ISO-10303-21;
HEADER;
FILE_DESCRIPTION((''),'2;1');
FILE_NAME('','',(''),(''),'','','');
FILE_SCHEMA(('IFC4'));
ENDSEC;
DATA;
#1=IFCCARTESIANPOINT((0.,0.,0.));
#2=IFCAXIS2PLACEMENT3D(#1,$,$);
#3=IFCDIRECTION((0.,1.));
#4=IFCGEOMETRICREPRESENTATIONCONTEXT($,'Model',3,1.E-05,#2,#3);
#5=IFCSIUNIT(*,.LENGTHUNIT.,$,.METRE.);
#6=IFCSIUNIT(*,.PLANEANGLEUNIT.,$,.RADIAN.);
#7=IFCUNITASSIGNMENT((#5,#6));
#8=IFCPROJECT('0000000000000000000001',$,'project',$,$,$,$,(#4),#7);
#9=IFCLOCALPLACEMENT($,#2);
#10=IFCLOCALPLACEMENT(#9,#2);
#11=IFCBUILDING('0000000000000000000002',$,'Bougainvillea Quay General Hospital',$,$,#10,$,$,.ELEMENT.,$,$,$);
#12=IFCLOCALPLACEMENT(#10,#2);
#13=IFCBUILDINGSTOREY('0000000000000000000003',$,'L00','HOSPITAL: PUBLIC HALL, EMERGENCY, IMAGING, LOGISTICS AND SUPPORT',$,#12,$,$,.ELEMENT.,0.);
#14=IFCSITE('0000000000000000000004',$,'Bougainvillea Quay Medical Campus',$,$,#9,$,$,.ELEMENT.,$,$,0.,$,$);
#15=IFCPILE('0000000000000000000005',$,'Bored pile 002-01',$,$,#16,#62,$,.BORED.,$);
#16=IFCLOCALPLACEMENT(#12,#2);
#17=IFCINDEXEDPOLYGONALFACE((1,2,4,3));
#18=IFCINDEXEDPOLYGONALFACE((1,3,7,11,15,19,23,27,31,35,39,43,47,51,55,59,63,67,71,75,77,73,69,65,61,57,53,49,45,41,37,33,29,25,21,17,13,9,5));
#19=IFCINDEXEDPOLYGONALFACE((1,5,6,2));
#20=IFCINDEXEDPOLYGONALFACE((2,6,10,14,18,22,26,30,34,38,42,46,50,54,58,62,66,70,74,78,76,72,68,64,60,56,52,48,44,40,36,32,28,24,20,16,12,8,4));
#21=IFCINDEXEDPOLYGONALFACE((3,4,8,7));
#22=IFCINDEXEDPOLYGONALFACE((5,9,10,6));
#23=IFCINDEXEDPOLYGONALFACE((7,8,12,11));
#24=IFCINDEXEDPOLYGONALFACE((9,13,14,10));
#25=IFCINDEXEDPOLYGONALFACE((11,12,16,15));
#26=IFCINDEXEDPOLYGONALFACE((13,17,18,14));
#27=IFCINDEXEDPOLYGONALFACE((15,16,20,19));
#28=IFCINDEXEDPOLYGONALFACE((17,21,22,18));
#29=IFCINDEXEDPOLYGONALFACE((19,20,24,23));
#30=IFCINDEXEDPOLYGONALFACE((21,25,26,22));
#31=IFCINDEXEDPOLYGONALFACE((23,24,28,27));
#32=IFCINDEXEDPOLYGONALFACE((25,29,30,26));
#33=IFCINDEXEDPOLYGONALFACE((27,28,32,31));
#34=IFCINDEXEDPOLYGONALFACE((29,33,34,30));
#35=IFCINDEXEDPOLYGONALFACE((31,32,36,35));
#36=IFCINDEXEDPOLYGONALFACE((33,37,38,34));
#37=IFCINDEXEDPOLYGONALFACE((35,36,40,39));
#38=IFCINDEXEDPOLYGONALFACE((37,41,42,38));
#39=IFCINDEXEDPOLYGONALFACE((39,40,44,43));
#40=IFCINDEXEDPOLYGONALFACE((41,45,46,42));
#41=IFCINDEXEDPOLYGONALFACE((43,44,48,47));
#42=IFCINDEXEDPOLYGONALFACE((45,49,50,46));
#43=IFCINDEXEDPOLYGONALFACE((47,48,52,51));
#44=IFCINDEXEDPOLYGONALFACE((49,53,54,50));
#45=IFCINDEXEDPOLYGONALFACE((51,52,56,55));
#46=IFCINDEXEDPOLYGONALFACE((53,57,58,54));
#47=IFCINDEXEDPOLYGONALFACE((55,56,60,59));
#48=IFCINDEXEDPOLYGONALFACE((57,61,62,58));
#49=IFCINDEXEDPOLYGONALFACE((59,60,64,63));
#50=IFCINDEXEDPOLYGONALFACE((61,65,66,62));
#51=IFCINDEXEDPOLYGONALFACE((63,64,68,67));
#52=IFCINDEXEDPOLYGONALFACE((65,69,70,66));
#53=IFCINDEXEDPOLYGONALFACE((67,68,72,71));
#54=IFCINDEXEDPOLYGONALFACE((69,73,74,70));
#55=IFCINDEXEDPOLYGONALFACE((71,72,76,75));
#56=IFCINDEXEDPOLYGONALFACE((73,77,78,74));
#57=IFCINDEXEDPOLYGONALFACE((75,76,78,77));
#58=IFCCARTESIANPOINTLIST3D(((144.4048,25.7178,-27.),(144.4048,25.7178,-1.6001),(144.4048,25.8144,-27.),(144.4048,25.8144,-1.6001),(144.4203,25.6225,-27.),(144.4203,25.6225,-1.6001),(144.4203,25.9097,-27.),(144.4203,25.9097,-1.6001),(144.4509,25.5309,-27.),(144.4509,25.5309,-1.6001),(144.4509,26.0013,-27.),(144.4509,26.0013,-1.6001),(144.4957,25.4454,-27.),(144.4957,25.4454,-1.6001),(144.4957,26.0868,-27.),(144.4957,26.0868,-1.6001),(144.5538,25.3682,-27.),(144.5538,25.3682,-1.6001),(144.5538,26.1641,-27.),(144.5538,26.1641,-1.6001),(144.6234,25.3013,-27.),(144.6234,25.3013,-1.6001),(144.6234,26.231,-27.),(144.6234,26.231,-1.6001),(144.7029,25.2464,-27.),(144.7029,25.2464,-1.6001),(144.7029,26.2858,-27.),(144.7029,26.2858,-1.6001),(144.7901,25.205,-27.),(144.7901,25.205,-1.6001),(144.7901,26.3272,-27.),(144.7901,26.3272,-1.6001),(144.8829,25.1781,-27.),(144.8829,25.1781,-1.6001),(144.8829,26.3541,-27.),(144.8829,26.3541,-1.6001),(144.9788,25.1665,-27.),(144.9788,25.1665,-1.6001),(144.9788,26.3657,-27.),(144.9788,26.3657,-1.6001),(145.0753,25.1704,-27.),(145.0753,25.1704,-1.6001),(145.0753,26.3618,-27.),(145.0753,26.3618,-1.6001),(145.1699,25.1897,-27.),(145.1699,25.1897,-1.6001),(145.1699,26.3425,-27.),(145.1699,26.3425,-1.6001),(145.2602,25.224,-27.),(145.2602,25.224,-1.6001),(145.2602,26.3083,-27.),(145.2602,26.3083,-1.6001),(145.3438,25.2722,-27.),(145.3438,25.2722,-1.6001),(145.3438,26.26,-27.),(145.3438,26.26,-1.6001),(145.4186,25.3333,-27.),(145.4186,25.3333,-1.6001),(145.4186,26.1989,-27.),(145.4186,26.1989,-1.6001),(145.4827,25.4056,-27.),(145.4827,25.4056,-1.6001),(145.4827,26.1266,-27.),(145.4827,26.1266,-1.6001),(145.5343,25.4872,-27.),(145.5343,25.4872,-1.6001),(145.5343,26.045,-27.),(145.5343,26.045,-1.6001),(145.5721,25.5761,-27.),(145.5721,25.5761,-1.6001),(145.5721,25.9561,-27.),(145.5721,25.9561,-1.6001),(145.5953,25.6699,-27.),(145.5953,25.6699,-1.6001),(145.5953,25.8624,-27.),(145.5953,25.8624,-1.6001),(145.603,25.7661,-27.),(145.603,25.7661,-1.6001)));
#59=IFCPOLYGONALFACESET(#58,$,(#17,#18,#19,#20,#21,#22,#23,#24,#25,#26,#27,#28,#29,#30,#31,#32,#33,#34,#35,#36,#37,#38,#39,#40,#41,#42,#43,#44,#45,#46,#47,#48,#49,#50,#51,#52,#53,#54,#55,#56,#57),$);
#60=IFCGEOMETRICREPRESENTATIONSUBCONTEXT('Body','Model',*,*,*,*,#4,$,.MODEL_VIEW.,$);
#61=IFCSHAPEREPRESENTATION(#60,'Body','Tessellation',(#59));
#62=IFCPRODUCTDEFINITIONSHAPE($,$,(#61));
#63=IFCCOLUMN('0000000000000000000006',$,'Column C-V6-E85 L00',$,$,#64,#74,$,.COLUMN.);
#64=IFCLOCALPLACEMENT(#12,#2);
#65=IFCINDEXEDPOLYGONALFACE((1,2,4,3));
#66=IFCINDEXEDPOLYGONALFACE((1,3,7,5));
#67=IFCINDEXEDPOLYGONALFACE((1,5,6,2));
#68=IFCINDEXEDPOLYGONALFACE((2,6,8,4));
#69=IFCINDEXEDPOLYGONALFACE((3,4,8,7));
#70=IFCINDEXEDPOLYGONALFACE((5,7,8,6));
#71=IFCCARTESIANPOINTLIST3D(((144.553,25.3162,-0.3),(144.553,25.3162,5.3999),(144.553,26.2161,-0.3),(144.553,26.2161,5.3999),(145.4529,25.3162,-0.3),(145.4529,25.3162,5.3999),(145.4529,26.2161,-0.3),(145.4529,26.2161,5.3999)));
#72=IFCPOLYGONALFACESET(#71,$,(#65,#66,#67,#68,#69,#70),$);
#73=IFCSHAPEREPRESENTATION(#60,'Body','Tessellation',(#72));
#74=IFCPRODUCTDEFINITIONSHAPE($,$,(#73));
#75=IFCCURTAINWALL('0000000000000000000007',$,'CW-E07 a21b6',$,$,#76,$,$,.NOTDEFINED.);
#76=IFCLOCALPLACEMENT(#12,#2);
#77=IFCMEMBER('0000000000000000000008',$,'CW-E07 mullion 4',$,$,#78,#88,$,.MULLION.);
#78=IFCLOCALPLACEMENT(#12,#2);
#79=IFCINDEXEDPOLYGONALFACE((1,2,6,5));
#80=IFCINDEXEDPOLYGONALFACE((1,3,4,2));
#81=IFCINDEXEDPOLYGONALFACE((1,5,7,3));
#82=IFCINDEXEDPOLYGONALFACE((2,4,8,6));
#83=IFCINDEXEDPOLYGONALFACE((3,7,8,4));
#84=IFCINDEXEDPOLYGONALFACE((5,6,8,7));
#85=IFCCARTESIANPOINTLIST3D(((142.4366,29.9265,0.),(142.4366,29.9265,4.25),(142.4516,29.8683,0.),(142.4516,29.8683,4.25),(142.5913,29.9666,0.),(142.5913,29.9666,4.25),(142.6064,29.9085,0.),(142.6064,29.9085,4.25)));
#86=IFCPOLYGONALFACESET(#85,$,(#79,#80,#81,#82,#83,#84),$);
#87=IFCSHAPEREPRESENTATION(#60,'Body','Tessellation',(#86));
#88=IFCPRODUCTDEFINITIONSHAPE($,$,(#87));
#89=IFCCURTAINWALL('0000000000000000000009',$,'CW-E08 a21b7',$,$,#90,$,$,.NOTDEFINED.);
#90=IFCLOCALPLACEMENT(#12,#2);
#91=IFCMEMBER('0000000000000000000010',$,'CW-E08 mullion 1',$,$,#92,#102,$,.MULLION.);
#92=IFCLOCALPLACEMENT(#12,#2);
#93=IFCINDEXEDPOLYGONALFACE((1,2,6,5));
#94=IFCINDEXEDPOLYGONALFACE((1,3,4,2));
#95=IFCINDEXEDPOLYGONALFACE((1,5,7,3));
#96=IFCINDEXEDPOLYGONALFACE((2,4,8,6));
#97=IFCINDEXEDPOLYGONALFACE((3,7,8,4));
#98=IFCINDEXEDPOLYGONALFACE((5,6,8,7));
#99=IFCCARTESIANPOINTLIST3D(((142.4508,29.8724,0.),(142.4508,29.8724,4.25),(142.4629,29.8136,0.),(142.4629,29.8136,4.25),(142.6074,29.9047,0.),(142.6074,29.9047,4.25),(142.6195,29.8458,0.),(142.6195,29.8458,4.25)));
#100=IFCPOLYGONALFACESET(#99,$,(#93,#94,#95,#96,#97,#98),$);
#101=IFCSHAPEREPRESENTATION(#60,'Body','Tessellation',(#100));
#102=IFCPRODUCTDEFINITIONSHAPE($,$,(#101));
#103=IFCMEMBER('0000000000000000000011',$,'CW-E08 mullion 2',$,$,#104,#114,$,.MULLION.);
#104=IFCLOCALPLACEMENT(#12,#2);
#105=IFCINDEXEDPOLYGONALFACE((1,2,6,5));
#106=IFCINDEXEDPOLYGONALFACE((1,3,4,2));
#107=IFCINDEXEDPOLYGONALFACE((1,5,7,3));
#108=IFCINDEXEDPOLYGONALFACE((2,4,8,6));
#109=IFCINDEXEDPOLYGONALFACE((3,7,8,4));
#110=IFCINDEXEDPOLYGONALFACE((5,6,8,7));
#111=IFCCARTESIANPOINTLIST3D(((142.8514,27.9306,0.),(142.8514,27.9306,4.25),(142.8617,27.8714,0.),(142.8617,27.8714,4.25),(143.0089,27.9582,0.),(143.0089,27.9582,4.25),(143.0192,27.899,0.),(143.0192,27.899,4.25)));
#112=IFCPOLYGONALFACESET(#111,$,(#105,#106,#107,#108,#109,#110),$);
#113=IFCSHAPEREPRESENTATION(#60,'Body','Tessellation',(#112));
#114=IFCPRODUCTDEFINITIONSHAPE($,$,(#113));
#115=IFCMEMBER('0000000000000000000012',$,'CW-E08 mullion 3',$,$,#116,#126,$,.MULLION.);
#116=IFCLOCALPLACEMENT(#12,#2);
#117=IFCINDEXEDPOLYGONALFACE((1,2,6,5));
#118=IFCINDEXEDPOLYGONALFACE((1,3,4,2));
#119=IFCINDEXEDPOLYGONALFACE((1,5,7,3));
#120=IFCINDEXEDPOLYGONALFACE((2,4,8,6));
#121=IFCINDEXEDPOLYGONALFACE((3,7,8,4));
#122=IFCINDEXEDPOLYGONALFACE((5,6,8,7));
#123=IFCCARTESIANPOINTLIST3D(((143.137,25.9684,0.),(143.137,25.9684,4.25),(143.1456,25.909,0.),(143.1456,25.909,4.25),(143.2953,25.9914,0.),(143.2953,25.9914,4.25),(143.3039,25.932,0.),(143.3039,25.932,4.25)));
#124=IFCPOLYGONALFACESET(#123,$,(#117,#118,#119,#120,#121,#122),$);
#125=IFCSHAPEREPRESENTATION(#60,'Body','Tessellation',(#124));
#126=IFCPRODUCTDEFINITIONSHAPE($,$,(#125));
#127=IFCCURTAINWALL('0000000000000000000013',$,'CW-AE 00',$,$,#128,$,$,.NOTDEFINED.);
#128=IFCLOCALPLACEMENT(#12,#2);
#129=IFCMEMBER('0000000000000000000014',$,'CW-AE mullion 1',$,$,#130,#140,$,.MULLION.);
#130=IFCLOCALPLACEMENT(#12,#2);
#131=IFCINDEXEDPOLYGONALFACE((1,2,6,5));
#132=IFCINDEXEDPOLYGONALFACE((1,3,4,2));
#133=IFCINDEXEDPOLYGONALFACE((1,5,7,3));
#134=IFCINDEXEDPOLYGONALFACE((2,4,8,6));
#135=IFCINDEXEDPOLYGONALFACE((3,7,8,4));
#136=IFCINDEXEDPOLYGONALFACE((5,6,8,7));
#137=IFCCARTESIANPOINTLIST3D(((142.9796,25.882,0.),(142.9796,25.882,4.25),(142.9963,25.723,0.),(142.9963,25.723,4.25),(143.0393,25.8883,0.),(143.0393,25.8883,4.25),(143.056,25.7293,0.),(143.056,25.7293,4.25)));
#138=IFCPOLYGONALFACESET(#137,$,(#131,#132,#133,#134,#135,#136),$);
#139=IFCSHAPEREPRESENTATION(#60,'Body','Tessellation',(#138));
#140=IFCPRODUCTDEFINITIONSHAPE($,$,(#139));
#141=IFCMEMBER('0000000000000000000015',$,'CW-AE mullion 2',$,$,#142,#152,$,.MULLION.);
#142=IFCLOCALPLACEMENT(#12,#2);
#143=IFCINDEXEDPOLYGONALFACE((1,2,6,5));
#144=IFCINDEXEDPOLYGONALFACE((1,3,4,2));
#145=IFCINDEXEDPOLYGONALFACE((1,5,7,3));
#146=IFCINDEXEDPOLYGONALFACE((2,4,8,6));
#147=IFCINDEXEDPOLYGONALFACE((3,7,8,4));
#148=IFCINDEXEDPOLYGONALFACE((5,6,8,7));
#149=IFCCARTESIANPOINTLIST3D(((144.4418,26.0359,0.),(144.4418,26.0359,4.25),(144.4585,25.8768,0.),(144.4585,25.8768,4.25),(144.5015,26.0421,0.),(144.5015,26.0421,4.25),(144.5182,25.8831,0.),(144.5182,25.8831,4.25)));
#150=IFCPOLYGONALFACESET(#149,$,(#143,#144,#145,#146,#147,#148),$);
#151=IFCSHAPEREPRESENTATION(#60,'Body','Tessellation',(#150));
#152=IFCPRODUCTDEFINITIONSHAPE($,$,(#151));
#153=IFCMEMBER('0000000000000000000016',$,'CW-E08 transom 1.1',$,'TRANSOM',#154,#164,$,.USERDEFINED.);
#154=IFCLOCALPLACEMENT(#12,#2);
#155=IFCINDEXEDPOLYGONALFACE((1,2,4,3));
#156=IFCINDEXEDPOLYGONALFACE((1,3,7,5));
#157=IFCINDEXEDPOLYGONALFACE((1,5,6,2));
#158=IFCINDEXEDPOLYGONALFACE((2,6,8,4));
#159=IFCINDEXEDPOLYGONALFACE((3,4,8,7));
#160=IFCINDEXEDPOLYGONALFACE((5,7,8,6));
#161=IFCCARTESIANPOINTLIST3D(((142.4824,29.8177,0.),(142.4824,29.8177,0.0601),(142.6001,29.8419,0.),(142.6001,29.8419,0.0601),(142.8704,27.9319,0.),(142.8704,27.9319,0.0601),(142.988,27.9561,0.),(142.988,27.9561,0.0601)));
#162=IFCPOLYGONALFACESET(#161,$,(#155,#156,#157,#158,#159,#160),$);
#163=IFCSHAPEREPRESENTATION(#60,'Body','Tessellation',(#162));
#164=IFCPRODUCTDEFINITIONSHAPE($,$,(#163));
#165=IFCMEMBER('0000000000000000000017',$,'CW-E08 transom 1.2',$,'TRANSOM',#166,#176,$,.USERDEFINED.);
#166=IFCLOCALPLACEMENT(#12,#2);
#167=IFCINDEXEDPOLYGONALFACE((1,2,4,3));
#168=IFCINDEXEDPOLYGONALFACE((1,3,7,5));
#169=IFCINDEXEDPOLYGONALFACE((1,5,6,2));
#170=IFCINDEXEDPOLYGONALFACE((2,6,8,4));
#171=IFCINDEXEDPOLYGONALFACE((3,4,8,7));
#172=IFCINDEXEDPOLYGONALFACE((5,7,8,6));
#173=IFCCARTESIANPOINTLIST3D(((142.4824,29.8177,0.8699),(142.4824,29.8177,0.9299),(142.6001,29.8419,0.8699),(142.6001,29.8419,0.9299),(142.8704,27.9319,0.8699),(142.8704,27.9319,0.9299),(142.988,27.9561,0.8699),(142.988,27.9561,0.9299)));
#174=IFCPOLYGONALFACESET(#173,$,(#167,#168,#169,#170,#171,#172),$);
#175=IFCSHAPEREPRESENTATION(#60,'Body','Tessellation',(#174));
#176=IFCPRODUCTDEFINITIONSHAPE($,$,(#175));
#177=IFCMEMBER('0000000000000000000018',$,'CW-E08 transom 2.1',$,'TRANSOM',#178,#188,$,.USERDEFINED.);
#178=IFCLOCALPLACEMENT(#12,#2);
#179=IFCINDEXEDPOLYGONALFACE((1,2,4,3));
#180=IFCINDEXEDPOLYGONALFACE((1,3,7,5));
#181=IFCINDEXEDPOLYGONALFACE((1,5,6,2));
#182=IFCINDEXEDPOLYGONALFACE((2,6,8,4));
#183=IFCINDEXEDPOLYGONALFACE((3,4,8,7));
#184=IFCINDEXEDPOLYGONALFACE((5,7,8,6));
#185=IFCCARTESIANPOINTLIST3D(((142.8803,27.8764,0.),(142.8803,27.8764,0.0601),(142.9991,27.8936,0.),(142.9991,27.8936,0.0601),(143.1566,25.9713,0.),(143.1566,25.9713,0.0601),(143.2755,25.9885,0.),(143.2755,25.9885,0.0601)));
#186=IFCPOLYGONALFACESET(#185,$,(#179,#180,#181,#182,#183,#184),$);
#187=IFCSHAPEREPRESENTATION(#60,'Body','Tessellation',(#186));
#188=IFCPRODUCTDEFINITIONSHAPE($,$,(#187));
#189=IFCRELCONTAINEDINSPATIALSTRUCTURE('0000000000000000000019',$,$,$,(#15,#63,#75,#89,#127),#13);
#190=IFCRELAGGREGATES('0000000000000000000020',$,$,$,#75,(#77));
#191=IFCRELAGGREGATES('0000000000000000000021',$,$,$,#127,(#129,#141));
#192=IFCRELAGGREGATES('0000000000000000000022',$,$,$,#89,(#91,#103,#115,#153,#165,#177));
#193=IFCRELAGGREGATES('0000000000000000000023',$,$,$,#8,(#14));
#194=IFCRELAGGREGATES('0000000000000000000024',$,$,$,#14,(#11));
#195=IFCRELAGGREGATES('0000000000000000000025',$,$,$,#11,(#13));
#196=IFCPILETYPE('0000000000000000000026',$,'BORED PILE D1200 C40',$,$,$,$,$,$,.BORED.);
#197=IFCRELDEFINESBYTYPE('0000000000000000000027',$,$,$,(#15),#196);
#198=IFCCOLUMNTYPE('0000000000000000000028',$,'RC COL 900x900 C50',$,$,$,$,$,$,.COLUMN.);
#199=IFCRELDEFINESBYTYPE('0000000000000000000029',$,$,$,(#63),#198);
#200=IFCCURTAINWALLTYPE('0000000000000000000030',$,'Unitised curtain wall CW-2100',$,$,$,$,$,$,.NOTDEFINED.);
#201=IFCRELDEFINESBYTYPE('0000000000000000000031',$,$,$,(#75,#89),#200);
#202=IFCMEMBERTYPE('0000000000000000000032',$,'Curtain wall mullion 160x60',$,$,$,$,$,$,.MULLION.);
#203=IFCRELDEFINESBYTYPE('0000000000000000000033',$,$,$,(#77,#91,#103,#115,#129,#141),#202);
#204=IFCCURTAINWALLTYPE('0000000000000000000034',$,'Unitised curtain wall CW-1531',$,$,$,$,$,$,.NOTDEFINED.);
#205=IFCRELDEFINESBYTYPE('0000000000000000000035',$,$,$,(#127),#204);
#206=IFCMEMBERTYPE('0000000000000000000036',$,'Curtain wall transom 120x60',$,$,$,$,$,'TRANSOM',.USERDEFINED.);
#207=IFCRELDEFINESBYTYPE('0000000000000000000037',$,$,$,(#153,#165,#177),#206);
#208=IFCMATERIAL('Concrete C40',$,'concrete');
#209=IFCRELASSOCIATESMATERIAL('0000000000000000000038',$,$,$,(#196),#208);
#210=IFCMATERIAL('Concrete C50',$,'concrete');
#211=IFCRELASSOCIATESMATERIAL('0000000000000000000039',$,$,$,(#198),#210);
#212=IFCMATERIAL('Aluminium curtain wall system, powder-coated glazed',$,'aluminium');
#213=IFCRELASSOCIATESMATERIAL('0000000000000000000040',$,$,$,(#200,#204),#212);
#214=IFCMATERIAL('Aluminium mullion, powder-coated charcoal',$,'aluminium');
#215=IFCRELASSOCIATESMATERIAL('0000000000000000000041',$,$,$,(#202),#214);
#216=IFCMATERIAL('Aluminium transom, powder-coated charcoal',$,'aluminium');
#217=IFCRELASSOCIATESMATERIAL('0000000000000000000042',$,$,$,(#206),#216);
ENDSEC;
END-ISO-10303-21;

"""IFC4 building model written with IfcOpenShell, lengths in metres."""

from ifc_helpers import new_model, si_unit, direction, frame, origin, origin_2d, place, context, subcontext, project, spatial, rectangle, circle, extrude, material, material_profile, profile_set, type_object, element, aggregate, save


model = new_model("IFC4")

# Units and contexts
model_context = context("Model", 3, precision=1e-05, world=origin(), true_north=direction((0.0, 1.0)))
body_context = subcontext(model_context, "Body", "Model", "MODEL_VIEW")
ifc_project = project(units=[si_unit("LENGTHUNIT", "METRE"), si_unit("PLANEANGLEUNIT", "RADIAN")], contexts=[model_context])

# Site, building, storey
site_placement = place(None, origin())
site = spatial("IfcSite", under=ifc_project, at=site_placement, Name="Bougainvillea Quay Medical Campus", CompositionType="ELEMENT", RefElevation=0.0)
building_placement = place(site_placement, origin())
building = spatial("IfcBuilding", under=site, at=building_placement, Name="Bougainvillea Quay General Hospital", CompositionType="ELEMENT")
storey_placement = place(building_placement, origin())
storey = spatial("IfcBuildingStorey", under=building, at=storey_placement, Name="L00", Description="HOSPITAL: PUBLIC HALL, EMERGENCY, IMAGING, LOGISTICS AND SUPPORT", CompositionType="ELEMENT", Elevation=0.0)

# Pile
ifc_material_1 = material(Name="Concrete C40", Category="concrete")
ifc_material_profile_1 = material_profile(ifc_material_1, circle(Radius=0.6001, at=origin_2d()))
ifc_profile_set_1 = profile_set([ifc_material_profile_1], Name="Concrete C40")
pile_type = type_object("IfcPileType", Name="BORED PILE D1200 C40", PredefinedType="BORED", material=ifc_profile_set_1)
pile_placement = place(storey_placement, frame((145.0029, 25.7661, -1.6001), z_axis=(0.0, 0.0, -1.0), x_axis=(1.0, 0.0, 0.0)))
element("IfcPile", 1, at=pile_placement, inside=storey, type_object=pile_type, Name="Bored pile 002-01", PredefinedType="BORED", context=body_context, shape_type="SweptSolid", body=[
    extrude(circle(Radius=0.6001, at=origin_2d()), origin(), (0.0, 0.0, 1.0), 25.3999),
])

# Column
ifc_material_2 = material(Name="Concrete C50", Category="concrete")
ifc_material_profile_2 = material_profile(ifc_material_2, rectangle(XDim=0.8999, YDim=0.8999, at=origin_2d()))
ifc_profile_set_2 = profile_set([ifc_material_profile_2], Name="Concrete C50")
column_type = type_object("IfcColumnType", Name="RC COL 900x900 C50", PredefinedType="COLUMN", material=ifc_profile_set_2)
column_placement = place(storey_placement, frame((145.0029, 25.7661, -0.3), z_axis=(0.0, 0.0, 1.0), x_axis=(1.0, 0.0, 0.0)))
element("IfcColumn", 2, at=column_placement, inside=storey, type_object=column_type, Name="Column C-V6-E85 L00", PredefinedType="COLUMN", context=body_context, shape_type="SweptSolid", body=[
    extrude(rectangle(XDim=0.8999, YDim=0.8999, at=origin_2d()), origin(), (0.0, 0.0, 1.0), 5.7),
])

# Curtain wall, member
ifc_material_3 = material(Name="Aluminium curtain wall system, powder-coated glazed", Category="aluminium")
curtain_wall_type_1 = type_object("IfcCurtainWallType", Name="Unitised curtain wall CW-2100", PredefinedType="NOTDEFINED", material=ifc_material_3)
curtain_wall_1_placement = place(storey_placement, origin())
curtain_wall_1 = element("IfcCurtainWall", 3, at=curtain_wall_1_placement, inside=storey, type_object=curtain_wall_type_1, Name="CW-E07 a21b6", PredefinedType="NOTDEFINED")
ifc_material_4 = material(Name="Aluminium mullion, powder-coated charcoal", Category="aluminium")
ifc_material_profile_3 = material_profile(ifc_material_4, rectangle(XDim=0.1599, YDim=0.0601, at=origin_2d()))
ifc_profile_set_3 = profile_set([ifc_material_profile_3], Name="Aluminium mullion, powder-coated charcoal")
member_type_1 = type_object("IfcMemberType", Name="Curtain wall mullion 160x60", PredefinedType="MULLION", material=ifc_profile_set_3)
member_1_placement = place(storey_placement, frame((142.5215, 29.9175, 0.0), z_axis=(0.0, 0.0, 1.0), x_axis=(0.967996, 0.250966, 0.0)))
member_1 = element("IfcMember", 4, at=member_1_placement, type_object=member_type_1, Name="CW-E07 mullion 4", PredefinedType="MULLION", context=body_context, shape_type="SweptSolid", body=[
    extrude(rectangle(XDim=0.1599, YDim=0.0601, at=origin_2d()), origin(), (0.0, 0.0, 1.0), 4.25),
])
aggregate(curtain_wall_1, [member_1])

# Curtain walls, members
curtain_wall_2_placement = place(storey_placement, origin())
curtain_wall_2 = element("IfcCurtainWall", 5, at=curtain_wall_2_placement, inside=storey, type_object=curtain_wall_type_1, Name="CW-E08 a21b7", PredefinedType="NOTDEFINED")
member_2_placement = place(storey_placement, frame((142.5352, 29.8591, 0.0), z_axis=(0.0, 0.0, 1.0), x_axis=(0.979469, 0.201595, 0.0)))
member_2 = element("IfcMember", 6, at=member_2_placement, type_object=member_type_1, Name="CW-E08 mullion 1", PredefinedType="MULLION", context=body_context, shape_type="SweptSolid", body=[
    extrude(rectangle(XDim=0.1599, YDim=0.0601, at=origin_2d()), origin(), (0.0, 0.0, 1.0), 4.25),
])
member_3_placement = place(storey_placement, frame((142.9353, 27.9148, 0.0), z_axis=(0.0, 0.0, 1.0), x_axis=(0.984976, 0.172694, 0.0)))
member_3 = element("IfcMember", 7, at=member_3_placement, type_object=member_type_1, Name="CW-E08 mullion 2", PredefinedType="MULLION", context=body_context, shape_type="SweptSolid", body=[
    extrude(rectangle(XDim=0.1599, YDim=0.0601, at=origin_2d()), origin(), (0.0, 0.0, 1.0), 4.25),
])
member_4_placement = place(storey_placement, frame((143.2205, 25.9502, 0.0), z_axis=(0.0, 0.0, 1.0), x_axis=(0.98963, 0.143643, 0.0)))
member_4 = element("IfcMember", 8, at=member_4_placement, type_object=member_type_1, Name="CW-E08 mullion 3", PredefinedType="MULLION", context=body_context, shape_type="SweptSolid", body=[
    extrude(rectangle(XDim=0.1599, YDim=0.0601, at=origin_2d()), origin(), (0.0, 0.0, 1.0), 4.25),
])
curtain_wall_type_2 = type_object("IfcCurtainWallType", Name="Unitised curtain wall CW-1531", PredefinedType="NOTDEFINED", material=ifc_material_3)
curtain_wall_3_placement = place(storey_placement, origin())
curtain_wall_3 = element("IfcCurtainWall", 9, at=curtain_wall_3_placement, inside=storey, type_object=curtain_wall_type_2, Name="CW-AE 00", PredefinedType="NOTDEFINED")
member_5_placement = place(storey_placement, frame((143.0178, 25.8057, 0.0), z_axis=(0.0, 0.0, 1.0), x_axis=(-0.104527, 0.994522, 0.0)))
member_5 = element("IfcMember", 10, at=member_5_placement, type_object=member_type_1, Name="CW-AE mullion 1", PredefinedType="MULLION", context=body_context, shape_type="SweptSolid", body=[
    extrude(rectangle(XDim=0.1599, YDim=0.0601, at=origin_2d()), origin(), (0.0, 0.0, 1.0), 4.25),
])
member_6_placement = place(storey_placement, frame((144.48, 25.9595, 0.0), z_axis=(0.0, 0.0, 1.0), x_axis=(-0.104527, 0.994522, 0.0)))
member_6 = element("IfcMember", 11, at=member_6_placement, type_object=member_type_1, Name="CW-AE mullion 2", PredefinedType="MULLION", context=body_context, shape_type="SweptSolid", body=[
    extrude(rectangle(XDim=0.1599, YDim=0.0601, at=origin_2d()), origin(), (0.0, 0.0, 1.0), 4.25),
])

# Members
ifc_material_5 = material(Name="Aluminium transom, powder-coated charcoal", Category="aluminium")
ifc_material_profile_4 = material_profile(ifc_material_5, rectangle(XDim=0.1201, YDim=0.0601, at=origin_2d()))
ifc_profile_set_4 = profile_set([ifc_material_profile_4], Name="Aluminium transom, powder-coated charcoal")
member_type_2 = type_object("IfcMemberType", Name="Curtain wall transom 120x60", ElementType="TRANSOM", PredefinedType="USERDEFINED", material=ifc_profile_set_4)
member_7_placement = place(storey_placement, frame((142.5413, 29.8298, 0.03), z_axis=(0.201503, -0.979488, 0.0), x_axis=(0.979488, 0.201503, 0.0)))
member_7 = element("IfcMember", 12, at=member_7_placement, type_object=member_type_2, Name="CW-E08 transom 1.1", ObjectType="TRANSOM", PredefinedType="USERDEFINED", context=body_context, shape_type="SweptSolid", body=[
    extrude(rectangle(XDim=0.1201, YDim=0.0601, at=origin_2d()), origin(), (0.0, 0.0, 1.0), 1.9253),
])
member_8_placement = place(storey_placement, frame((142.5413, 29.8298, 0.8999), z_axis=(0.201503, -0.979488, 0.0), x_axis=(0.979488, 0.201503, 0.0)))
member_8 = element("IfcMember", 13, at=member_8_placement, type_object=member_type_2, Name="CW-E08 transom 1.2", ObjectType="TRANSOM", PredefinedType="USERDEFINED", context=body_context, shape_type="SweptSolid", body=[
    extrude(rectangle(XDim=0.1201, YDim=0.0601, at=origin_2d()), origin(), (0.0, 0.0, 1.0), 1.9253),
])
member_9_placement = place(storey_placement, frame((142.9397, 27.885, 0.03), z_axis=(0.143569, -0.98964, 0.0), x_axis=(0.98964, 0.143569, 0.0)))
member_9 = element("IfcMember", 14, at=member_9_placement, type_object=member_type_2, Name="CW-E08 transom 2.1", ObjectType="TRANSOM", PredefinedType="USERDEFINED", context=body_context, shape_type="SweptSolid", body=[
    extrude(rectangle(XDim=0.1201, YDim=0.0601, at=origin_2d()), origin(), (0.0, 0.0, 1.0), 1.925),
])

aggregate(curtain_wall_3, [member_5, member_6])
aggregate(curtain_wall_2, [member_2, member_3, member_4, member_7, member_8, member_9])

save(model, "model.ifc")
